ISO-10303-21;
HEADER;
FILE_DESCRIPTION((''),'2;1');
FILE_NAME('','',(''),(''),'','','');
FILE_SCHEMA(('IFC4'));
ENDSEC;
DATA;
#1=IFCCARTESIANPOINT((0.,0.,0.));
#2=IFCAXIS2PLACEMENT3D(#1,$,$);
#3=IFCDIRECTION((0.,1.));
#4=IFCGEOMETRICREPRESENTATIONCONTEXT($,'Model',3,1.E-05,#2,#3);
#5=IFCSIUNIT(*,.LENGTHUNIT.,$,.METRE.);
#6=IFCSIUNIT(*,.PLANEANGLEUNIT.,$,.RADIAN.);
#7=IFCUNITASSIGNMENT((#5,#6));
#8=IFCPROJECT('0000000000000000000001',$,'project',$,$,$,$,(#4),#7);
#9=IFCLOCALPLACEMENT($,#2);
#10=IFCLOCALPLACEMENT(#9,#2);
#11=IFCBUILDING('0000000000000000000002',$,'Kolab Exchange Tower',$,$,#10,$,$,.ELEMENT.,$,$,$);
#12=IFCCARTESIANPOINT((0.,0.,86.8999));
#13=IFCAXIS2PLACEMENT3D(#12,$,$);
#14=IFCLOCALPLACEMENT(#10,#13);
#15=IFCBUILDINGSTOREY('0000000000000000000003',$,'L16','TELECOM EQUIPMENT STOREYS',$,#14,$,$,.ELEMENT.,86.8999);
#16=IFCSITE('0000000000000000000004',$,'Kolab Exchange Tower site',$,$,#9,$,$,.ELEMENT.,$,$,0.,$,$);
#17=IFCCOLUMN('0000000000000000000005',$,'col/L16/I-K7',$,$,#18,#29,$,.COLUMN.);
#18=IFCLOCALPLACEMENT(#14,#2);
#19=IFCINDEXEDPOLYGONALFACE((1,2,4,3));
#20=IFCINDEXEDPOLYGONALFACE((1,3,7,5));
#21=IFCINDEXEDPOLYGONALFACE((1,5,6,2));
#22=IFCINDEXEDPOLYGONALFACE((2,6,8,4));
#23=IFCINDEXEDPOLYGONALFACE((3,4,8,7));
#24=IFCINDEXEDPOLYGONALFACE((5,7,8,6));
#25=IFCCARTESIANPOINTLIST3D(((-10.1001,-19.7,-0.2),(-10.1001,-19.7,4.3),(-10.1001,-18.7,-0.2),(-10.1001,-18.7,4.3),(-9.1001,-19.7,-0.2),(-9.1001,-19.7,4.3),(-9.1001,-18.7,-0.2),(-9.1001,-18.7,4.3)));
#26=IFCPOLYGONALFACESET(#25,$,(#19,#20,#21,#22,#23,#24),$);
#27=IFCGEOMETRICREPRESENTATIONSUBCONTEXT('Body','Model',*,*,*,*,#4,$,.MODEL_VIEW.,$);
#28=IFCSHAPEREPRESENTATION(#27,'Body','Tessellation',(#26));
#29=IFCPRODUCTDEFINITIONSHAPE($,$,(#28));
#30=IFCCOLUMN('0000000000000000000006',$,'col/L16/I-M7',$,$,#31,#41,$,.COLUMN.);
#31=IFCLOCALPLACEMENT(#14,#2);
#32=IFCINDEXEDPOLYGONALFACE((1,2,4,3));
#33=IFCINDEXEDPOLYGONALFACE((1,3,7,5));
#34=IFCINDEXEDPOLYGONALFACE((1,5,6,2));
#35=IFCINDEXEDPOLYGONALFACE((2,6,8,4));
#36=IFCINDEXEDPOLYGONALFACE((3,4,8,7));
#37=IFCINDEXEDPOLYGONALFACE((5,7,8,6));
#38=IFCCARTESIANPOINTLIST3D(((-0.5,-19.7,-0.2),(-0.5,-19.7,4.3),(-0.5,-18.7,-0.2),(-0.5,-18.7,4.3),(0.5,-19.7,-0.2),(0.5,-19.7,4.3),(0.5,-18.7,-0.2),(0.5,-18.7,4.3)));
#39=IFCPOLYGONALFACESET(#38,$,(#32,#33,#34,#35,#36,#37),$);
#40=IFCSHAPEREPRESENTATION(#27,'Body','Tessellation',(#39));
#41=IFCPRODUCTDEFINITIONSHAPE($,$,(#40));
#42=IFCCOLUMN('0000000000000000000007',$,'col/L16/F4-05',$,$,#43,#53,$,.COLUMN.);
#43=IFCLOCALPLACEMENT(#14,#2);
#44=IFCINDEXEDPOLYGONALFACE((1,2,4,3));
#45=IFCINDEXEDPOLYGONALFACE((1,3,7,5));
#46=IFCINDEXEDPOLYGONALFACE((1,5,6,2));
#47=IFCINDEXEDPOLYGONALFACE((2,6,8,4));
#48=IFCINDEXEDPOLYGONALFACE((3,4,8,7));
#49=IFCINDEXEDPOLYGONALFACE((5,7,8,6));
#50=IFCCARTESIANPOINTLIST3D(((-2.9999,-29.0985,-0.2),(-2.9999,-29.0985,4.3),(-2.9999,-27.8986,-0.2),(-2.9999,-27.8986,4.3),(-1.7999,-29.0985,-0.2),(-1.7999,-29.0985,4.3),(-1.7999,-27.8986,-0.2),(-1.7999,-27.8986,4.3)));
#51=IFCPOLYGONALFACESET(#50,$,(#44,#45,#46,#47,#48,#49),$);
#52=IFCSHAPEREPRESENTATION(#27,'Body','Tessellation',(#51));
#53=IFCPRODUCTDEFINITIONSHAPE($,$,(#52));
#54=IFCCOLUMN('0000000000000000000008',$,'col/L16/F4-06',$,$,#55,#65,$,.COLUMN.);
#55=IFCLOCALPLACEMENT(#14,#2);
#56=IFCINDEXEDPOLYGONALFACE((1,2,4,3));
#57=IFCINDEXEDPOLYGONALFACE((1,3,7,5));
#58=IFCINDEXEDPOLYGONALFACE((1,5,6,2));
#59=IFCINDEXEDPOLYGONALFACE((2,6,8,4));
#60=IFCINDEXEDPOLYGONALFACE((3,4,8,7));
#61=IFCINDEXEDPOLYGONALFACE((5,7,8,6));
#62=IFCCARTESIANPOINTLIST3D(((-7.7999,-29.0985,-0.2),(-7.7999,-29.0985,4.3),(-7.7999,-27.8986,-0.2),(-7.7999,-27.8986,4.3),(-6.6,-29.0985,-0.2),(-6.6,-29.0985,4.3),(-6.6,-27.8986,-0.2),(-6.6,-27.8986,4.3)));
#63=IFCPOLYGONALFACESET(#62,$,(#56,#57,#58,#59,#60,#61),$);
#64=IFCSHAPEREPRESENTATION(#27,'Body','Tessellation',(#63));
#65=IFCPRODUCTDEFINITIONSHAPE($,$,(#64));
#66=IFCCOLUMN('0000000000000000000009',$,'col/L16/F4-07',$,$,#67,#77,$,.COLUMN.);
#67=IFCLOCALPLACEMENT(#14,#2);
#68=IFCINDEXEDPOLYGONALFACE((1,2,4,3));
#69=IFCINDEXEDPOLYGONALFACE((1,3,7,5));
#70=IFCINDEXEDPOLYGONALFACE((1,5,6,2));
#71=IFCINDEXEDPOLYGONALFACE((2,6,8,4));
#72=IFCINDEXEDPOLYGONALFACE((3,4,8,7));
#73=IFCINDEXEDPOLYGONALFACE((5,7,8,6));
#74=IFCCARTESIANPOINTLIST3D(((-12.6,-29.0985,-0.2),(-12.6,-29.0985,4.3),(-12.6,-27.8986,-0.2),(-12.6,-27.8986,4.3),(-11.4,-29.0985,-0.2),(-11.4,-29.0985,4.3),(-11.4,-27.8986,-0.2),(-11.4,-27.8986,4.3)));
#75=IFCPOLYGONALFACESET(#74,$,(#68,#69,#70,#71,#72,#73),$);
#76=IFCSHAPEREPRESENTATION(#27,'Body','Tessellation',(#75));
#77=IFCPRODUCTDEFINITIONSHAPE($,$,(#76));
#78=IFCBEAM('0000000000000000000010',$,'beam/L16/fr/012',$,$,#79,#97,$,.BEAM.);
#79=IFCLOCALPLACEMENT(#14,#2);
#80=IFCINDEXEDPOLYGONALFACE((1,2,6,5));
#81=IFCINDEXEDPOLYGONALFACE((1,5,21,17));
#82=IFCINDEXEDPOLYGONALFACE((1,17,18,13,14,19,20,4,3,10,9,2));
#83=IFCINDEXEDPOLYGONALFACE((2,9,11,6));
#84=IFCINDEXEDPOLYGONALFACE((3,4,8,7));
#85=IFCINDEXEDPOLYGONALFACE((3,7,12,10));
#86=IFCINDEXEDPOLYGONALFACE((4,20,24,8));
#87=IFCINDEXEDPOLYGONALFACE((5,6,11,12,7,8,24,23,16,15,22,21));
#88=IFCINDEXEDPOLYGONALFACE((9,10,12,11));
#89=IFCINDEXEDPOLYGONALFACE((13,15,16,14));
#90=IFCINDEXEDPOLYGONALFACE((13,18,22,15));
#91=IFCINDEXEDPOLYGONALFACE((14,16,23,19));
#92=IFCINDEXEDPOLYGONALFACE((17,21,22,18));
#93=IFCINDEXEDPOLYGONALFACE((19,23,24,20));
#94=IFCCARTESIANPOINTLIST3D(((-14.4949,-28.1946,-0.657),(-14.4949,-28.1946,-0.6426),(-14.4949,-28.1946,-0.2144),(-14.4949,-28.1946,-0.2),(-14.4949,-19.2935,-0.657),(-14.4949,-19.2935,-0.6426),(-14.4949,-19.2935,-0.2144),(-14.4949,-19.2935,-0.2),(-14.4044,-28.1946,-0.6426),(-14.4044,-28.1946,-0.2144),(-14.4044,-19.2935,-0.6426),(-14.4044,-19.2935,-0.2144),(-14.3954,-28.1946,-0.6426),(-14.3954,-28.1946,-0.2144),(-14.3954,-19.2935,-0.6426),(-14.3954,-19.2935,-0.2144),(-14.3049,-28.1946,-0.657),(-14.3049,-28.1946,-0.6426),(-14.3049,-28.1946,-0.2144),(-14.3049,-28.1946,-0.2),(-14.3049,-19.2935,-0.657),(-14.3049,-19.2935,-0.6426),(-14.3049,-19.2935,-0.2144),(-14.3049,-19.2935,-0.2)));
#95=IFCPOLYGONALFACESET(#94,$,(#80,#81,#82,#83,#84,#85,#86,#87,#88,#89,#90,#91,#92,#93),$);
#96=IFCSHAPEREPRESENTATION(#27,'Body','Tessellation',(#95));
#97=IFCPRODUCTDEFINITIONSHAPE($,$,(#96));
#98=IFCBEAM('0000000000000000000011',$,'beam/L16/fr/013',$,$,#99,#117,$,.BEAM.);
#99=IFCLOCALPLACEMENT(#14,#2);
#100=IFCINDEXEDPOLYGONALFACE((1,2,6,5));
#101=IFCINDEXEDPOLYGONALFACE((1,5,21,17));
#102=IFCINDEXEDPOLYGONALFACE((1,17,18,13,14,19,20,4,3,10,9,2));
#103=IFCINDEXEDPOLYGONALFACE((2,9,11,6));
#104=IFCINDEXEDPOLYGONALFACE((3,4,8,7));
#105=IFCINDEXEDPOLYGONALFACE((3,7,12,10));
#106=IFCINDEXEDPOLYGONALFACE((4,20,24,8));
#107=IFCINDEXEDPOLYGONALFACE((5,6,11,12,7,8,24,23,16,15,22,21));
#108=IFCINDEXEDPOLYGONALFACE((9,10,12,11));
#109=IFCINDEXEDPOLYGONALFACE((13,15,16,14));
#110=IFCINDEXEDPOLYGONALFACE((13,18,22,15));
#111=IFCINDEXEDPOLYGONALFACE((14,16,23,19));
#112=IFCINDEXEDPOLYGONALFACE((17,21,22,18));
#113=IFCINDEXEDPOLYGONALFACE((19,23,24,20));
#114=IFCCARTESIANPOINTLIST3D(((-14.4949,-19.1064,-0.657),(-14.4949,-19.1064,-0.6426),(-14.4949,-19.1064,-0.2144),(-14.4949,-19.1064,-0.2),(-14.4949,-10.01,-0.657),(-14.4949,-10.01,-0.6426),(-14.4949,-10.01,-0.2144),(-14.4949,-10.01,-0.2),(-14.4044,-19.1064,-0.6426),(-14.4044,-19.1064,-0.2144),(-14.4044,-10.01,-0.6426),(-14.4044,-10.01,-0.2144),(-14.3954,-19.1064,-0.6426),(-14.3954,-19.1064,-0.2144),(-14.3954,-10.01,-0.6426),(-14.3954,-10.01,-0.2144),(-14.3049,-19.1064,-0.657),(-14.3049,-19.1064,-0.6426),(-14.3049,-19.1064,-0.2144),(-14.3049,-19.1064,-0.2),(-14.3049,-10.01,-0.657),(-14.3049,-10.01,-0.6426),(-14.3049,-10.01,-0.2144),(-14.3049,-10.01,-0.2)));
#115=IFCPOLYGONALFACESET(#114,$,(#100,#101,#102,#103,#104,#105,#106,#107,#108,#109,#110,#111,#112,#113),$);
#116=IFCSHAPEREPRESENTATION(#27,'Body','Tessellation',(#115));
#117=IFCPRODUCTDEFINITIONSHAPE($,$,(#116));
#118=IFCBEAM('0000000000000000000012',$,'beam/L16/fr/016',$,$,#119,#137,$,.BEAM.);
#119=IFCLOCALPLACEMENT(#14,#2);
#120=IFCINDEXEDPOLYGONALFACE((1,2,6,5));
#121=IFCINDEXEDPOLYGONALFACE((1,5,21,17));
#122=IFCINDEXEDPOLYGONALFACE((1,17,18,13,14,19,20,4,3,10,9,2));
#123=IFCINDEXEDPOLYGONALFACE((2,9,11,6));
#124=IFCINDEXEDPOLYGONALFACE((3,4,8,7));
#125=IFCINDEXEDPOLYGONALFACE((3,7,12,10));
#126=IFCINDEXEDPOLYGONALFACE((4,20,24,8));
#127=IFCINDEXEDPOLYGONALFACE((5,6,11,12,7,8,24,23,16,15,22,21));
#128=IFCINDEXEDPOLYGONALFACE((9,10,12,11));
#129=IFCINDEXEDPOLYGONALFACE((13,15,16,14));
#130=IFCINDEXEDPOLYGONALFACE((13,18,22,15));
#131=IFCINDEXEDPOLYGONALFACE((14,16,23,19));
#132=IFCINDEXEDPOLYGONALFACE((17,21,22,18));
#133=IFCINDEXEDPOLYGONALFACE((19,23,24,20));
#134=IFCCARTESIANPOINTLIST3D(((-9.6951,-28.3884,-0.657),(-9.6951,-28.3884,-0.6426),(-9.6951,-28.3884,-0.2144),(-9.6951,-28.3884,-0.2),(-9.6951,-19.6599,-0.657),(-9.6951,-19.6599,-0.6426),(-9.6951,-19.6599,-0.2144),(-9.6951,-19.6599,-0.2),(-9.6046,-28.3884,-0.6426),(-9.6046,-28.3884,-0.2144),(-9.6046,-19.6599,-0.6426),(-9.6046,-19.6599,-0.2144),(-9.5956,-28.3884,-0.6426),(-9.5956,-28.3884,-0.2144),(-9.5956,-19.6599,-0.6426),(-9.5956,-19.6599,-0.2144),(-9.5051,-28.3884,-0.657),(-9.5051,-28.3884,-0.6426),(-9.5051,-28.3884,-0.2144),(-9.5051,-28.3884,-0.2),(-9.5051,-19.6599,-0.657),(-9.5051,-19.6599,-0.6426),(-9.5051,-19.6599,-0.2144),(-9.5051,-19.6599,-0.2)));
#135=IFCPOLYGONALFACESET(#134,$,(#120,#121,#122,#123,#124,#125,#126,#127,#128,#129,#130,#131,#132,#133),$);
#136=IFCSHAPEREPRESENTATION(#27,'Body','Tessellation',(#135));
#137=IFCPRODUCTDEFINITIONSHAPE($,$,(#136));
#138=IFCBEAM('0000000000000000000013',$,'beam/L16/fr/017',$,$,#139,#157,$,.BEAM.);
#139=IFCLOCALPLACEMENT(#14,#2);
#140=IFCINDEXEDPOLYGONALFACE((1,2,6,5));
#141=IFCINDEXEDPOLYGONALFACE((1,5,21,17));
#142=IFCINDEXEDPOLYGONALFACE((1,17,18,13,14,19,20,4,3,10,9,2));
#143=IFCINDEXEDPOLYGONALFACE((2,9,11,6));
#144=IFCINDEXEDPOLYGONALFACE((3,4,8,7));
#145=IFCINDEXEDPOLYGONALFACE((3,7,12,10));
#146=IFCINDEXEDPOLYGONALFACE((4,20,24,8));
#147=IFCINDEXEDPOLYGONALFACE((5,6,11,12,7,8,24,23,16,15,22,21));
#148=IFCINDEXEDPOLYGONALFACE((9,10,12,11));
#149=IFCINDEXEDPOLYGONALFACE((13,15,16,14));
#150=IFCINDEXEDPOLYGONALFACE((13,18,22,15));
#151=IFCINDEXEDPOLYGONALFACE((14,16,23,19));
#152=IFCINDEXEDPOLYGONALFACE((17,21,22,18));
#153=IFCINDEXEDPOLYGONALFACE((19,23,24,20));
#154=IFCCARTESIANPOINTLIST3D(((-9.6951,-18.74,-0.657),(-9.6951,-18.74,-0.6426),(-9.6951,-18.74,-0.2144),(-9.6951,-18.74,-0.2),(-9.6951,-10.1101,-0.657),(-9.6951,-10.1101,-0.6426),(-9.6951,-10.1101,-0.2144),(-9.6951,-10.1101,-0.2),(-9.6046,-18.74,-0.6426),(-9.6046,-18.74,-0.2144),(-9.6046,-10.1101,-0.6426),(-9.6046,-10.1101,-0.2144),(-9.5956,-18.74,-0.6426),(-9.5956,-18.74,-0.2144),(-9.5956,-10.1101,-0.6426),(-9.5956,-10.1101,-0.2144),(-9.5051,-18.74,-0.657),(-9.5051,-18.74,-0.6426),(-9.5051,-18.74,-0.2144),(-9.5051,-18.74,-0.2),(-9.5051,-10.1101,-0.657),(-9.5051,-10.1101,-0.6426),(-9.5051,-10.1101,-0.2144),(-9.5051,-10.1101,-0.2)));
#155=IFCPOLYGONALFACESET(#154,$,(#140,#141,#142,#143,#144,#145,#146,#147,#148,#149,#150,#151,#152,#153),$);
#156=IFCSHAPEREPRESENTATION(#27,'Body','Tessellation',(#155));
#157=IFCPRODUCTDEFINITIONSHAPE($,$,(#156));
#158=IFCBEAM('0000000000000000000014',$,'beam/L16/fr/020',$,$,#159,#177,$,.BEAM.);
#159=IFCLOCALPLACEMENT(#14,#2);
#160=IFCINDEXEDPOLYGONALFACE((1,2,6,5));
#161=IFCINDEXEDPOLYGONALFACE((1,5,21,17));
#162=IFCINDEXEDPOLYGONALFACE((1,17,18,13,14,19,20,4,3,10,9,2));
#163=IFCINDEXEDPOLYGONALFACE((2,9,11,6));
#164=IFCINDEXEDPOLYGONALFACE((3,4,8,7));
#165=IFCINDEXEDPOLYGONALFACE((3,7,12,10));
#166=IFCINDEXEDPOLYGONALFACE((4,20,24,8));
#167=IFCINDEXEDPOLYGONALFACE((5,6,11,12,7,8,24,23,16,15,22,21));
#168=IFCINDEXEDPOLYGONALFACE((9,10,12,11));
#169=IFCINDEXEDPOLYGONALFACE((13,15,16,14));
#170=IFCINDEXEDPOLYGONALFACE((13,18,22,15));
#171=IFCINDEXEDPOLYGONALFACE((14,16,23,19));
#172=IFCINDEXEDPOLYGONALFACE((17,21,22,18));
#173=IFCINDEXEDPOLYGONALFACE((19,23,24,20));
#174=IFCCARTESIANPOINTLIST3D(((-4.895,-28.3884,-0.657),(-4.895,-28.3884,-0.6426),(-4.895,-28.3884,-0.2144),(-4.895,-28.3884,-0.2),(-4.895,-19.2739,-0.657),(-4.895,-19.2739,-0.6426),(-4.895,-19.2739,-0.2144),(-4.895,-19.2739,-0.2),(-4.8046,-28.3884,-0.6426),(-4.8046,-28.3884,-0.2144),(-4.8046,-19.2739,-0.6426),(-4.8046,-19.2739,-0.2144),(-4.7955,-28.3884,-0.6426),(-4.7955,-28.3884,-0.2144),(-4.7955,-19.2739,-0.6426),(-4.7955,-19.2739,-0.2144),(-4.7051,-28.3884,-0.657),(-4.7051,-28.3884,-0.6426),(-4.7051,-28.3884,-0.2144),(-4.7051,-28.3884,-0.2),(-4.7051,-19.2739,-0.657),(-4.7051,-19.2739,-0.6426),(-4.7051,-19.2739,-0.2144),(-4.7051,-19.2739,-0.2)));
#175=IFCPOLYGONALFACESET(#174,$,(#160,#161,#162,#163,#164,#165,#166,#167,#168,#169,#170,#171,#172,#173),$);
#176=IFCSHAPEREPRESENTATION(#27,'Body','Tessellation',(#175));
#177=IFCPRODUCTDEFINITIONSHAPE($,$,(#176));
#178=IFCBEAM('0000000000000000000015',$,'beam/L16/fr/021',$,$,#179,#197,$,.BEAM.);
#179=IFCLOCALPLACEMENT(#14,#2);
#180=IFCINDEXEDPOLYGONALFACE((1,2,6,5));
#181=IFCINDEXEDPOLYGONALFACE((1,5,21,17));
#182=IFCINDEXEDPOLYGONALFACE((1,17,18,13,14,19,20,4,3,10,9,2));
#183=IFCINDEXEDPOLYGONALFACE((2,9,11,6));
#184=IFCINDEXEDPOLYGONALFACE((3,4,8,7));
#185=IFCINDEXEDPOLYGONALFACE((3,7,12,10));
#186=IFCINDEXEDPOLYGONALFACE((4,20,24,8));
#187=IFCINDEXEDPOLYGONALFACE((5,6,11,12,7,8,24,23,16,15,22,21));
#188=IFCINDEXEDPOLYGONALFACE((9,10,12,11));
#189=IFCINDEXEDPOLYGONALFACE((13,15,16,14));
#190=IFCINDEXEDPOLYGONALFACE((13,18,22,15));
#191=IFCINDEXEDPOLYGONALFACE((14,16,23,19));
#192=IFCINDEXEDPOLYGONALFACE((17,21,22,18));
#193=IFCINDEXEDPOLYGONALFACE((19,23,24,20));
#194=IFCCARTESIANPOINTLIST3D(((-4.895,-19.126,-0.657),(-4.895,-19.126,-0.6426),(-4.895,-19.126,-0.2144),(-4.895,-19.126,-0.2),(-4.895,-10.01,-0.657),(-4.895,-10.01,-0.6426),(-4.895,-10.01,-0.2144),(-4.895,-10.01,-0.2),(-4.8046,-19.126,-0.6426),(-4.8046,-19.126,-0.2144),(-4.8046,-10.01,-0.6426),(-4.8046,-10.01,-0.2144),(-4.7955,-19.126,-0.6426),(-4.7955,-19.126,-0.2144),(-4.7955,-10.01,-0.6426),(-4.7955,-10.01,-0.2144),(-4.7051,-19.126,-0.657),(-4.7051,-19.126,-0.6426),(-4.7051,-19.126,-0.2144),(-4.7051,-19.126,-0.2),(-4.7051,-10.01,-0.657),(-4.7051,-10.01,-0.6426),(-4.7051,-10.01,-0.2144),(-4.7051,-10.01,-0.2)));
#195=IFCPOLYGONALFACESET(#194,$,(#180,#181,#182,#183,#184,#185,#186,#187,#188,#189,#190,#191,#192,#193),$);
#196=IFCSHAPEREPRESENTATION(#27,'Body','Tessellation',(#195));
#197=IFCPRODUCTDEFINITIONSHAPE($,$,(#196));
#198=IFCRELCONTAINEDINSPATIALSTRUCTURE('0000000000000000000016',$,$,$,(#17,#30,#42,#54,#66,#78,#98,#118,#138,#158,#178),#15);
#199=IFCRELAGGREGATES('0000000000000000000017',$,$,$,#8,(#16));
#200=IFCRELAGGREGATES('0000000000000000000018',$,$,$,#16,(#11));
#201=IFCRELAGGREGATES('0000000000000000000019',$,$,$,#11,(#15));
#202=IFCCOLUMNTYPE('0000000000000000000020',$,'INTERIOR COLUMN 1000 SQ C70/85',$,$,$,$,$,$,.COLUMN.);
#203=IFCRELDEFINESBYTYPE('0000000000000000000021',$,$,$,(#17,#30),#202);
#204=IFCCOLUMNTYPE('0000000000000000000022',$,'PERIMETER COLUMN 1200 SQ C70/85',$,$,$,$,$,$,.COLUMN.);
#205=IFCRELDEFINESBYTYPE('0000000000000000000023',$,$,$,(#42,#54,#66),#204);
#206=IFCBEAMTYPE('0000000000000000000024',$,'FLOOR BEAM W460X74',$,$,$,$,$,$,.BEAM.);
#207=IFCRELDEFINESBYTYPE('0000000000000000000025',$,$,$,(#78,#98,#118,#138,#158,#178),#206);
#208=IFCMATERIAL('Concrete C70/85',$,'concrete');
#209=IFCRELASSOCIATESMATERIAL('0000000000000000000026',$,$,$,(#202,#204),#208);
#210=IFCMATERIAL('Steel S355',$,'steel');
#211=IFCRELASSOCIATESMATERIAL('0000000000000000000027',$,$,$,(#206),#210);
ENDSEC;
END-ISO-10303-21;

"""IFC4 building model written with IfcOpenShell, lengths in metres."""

from ifc_helpers import new_model, si_unit, direction, frame, origin, origin_2d, place, context, subcontext, project, spatial, rectangle, i_section, extrude, material, material_profile, profile_set, type_object, element, save


model = new_model("IFC4")

# Units and contexts
model_context = context("Model", 3, precision=1e-05, world=origin(), true_north=direction((0.0, 1.0)))
body_context = subcontext(model_context, "Body", "Model", "MODEL_VIEW")
ifc_project = project(units=[si_unit("LENGTHUNIT", "METRE"), si_unit("PLANEANGLEUNIT", "RADIAN")], contexts=[model_context])

# Site, building, storey
site_placement = place(None, origin())
site = spatial("IfcSite", under=ifc_project, at=site_placement, Name="Kolab Exchange Tower site", CompositionType="ELEMENT", RefElevation=0.0)
building_placement = place(site_placement, origin())
building = spatial("IfcBuilding", under=site, at=building_placement, Name="Kolab Exchange Tower", CompositionType="ELEMENT")
storey_placement = place(building_placement, frame((0.0, 0.0, 86.8999)))
storey = spatial("IfcBuildingStorey", under=building, at=storey_placement, Name="L16", Description="TELECOM EQUIPMENT STOREYS", CompositionType="ELEMENT", Elevation=86.8999)

# Columns
ifc_material_1 = material(Name="Concrete C70/85", Category="concrete")
ifc_material_profile_1 = material_profile(ifc_material_1, rectangle(XDim=1.0, YDim=1.0, at=origin_2d()), Name="RC1000")
ifc_profile_set_1 = profile_set([ifc_material_profile_1], Name="Concrete C70/85")
column_type_1 = type_object("IfcColumnType", Name="INTERIOR COLUMN 1000 SQ C70/85", PredefinedType="COLUMN", material=ifc_profile_set_1)
for number, where, z_axis, x_axis, name in (
    (1, (-9.6001, -19.2, -0.2), (0.0, 0.0, 1.0), (1.0, 0.0, 0.0), "col/L16/I-K7"),
    (2, (0.0, -19.2, -0.2), (0.0, 0.0, 1.0), (1.0, 0.0, 0.0), "col/L16/I-M7"),
):
    element("IfcColumn", number, at=place(storey_placement, frame(where, z_axis=z_axis, x_axis=x_axis)), inside=storey, type_object=column_type_1, Name=name, PredefinedType="COLUMN", context=body_context, shape_type="SweptSolid", body=[
        extrude(rectangle(XDim=1.0, YDim=1.0, at=origin_2d()), origin(), (0.0, 0.0, 1.0), 4.5),
    ])
ifc_material_profile_2 = material_profile(ifc_material_1, rectangle(XDim=1.2, YDim=1.2, at=origin_2d()), Name="RC1200")
ifc_profile_set_2 = profile_set([ifc_material_profile_2], Name="Concrete C70/85")
column_type_2 = type_object("IfcColumnType", Name="PERIMETER COLUMN 1200 SQ C70/85", PredefinedType="COLUMN", material=ifc_profile_set_2)
for number, where, z_axis, x_axis, name in (
    (3, (-2.3999, -28.4985, -0.2), (0.0, 0.0, 1.0), (1.0, 0.0, 0.0), "col/L16/F4-05"),
    (4, (-7.2, -28.4985, -0.2), (0.0, 0.0, 1.0), (1.0, 0.0, 0.0), "col/L16/F4-06"),
    (5, (-12.0, -28.4985, -0.2), (0.0, 0.0, 1.0), (1.0, 0.0, 0.0), "col/L16/F4-07"),
):
    element("IfcColumn", number, at=place(storey_placement, frame(where, z_axis=z_axis, x_axis=x_axis)), inside=storey, type_object=column_type_2, Name=name, PredefinedType="COLUMN", context=body_context, shape_type="SweptSolid", body=[
        extrude(rectangle(XDim=1.2, YDim=1.2, at=origin_2d()), origin(), (0.0, 0.0, 1.0), 4.5),
    ])

# Beams
ifc_material_2 = material(Name="Steel S355", Category="steel")
ifc_material_profile_3 = material_profile(ifc_material_2, i_section(OverallWidth=0.1899, OverallDepth=0.457, WebThickness=0.009, FlangeThickness=0.0144, at=origin_2d()), Name="W460X74")
ifc_profile_set_3 = profile_set([ifc_material_profile_3], Name="Steel S355")
beam_type_1 = type_object("IfcBeamType", Name="FLOOR BEAM W460X74", PredefinedType="BEAM", material=ifc_profile_set_3)
beam_1_placement = place(storey_placement, frame((-14.3999, -28.1946, -0.4285), z_axis=(0.0, 1.0, 0.0), x_axis=(-1.0, 0.0, 0.0)))
element("IfcBeam", 6, at=beam_1_placement, inside=storey, type_object=beam_type_1, Name="beam/L16/fr/012", PredefinedType="BEAM", context=body_context, shape_type="SweptSolid", body=[
    extrude(i_section(OverallWidth=0.1899, OverallDepth=0.457, WebThickness=0.009, FlangeThickness=0.0144, at=origin_2d()), origin(), (0.0, 0.0, 1.0), 8.9011),
])
beam_2_placement = place(storey_placement, frame((-14.3999, -19.1064, -0.4285), z_axis=(0.0, 1.0, 0.0), x_axis=(-1.0, 0.0, 0.0)))
element("IfcBeam", 7, at=beam_2_placement, inside=storey, type_object=beam_type_1, Name="beam/L16/fr/013", PredefinedType="BEAM", context=body_context, shape_type="SweptSolid", body=[
    extrude(i_section(OverallWidth=0.1899, OverallDepth=0.457, WebThickness=0.009, FlangeThickness=0.0144, at=origin_2d()), origin(), (0.0, 0.0, 1.0), 9.0964),
])
beam_3_placement = place(storey_placement, frame((-9.6001, -28.3884, -0.4285), z_axis=(0.0, 1.0, 0.0), x_axis=(-1.0, 0.0, 0.0)))
element("IfcBeam", 8, at=beam_3_placement, inside=storey, type_object=beam_type_1, Name="beam/L16/fr/016", PredefinedType="BEAM", context=body_context, shape_type="SweptSolid", body=[
    extrude(i_section(OverallWidth=0.1899, OverallDepth=0.457, WebThickness=0.009, FlangeThickness=0.0144, at=origin_2d()), origin(), (0.0, 0.0, 1.0), 8.7285),
])
beam_4_placement = place(storey_placement, frame((-9.6001, -18.74, -0.4285), z_axis=(0.0, 1.0, 0.0), x_axis=(-1.0, 0.0, 0.0)))
element("IfcBeam", 9, at=beam_4_placement, inside=storey, type_object=beam_type_1, Name="beam/L16/fr/017", PredefinedType="BEAM", context=body_context, shape_type="SweptSolid", body=[
    extrude(i_section(OverallWidth=0.1899, OverallDepth=0.457, WebThickness=0.009, FlangeThickness=0.0144, at=origin_2d()), origin(), (0.0, 0.0, 1.0), 8.6299),
])
beam_5_placement = place(storey_placement, frame((-4.8, -28.3884, -0.4285), z_axis=(0.0, 1.0, 0.0), x_axis=(-1.0, 0.0, 0.0)))
element("IfcBeam", 10, at=beam_5_placement, inside=storey, type_object=beam_type_1, Name="beam/L16/fr/020", PredefinedType="BEAM", context=body_context, shape_type="SweptSolid", body=[
    extrude(i_section(OverallWidth=0.1899, OverallDepth=0.457, WebThickness=0.009, FlangeThickness=0.0144, at=origin_2d()), origin(), (0.0, 0.0, 1.0), 9.1145),
])
beam_6_placement = place(storey_placement, frame((-4.8, -19.126, -0.4285), z_axis=(0.0, 1.0, 0.0), x_axis=(-1.0, 0.0, 0.0)))
element("IfcBeam", 11, at=beam_6_placement, inside=storey, type_object=beam_type_1, Name="beam/L16/fr/021", PredefinedType="BEAM", context=body_context, shape_type="SweptSolid", body=[
    extrude(i_section(OverallWidth=0.1899, OverallDepth=0.457, WebThickness=0.009, FlangeThickness=0.0144, at=origin_2d()), origin(), (0.0, 0.0, 1.0), 9.116),
])

save(model, "model.ifc")
